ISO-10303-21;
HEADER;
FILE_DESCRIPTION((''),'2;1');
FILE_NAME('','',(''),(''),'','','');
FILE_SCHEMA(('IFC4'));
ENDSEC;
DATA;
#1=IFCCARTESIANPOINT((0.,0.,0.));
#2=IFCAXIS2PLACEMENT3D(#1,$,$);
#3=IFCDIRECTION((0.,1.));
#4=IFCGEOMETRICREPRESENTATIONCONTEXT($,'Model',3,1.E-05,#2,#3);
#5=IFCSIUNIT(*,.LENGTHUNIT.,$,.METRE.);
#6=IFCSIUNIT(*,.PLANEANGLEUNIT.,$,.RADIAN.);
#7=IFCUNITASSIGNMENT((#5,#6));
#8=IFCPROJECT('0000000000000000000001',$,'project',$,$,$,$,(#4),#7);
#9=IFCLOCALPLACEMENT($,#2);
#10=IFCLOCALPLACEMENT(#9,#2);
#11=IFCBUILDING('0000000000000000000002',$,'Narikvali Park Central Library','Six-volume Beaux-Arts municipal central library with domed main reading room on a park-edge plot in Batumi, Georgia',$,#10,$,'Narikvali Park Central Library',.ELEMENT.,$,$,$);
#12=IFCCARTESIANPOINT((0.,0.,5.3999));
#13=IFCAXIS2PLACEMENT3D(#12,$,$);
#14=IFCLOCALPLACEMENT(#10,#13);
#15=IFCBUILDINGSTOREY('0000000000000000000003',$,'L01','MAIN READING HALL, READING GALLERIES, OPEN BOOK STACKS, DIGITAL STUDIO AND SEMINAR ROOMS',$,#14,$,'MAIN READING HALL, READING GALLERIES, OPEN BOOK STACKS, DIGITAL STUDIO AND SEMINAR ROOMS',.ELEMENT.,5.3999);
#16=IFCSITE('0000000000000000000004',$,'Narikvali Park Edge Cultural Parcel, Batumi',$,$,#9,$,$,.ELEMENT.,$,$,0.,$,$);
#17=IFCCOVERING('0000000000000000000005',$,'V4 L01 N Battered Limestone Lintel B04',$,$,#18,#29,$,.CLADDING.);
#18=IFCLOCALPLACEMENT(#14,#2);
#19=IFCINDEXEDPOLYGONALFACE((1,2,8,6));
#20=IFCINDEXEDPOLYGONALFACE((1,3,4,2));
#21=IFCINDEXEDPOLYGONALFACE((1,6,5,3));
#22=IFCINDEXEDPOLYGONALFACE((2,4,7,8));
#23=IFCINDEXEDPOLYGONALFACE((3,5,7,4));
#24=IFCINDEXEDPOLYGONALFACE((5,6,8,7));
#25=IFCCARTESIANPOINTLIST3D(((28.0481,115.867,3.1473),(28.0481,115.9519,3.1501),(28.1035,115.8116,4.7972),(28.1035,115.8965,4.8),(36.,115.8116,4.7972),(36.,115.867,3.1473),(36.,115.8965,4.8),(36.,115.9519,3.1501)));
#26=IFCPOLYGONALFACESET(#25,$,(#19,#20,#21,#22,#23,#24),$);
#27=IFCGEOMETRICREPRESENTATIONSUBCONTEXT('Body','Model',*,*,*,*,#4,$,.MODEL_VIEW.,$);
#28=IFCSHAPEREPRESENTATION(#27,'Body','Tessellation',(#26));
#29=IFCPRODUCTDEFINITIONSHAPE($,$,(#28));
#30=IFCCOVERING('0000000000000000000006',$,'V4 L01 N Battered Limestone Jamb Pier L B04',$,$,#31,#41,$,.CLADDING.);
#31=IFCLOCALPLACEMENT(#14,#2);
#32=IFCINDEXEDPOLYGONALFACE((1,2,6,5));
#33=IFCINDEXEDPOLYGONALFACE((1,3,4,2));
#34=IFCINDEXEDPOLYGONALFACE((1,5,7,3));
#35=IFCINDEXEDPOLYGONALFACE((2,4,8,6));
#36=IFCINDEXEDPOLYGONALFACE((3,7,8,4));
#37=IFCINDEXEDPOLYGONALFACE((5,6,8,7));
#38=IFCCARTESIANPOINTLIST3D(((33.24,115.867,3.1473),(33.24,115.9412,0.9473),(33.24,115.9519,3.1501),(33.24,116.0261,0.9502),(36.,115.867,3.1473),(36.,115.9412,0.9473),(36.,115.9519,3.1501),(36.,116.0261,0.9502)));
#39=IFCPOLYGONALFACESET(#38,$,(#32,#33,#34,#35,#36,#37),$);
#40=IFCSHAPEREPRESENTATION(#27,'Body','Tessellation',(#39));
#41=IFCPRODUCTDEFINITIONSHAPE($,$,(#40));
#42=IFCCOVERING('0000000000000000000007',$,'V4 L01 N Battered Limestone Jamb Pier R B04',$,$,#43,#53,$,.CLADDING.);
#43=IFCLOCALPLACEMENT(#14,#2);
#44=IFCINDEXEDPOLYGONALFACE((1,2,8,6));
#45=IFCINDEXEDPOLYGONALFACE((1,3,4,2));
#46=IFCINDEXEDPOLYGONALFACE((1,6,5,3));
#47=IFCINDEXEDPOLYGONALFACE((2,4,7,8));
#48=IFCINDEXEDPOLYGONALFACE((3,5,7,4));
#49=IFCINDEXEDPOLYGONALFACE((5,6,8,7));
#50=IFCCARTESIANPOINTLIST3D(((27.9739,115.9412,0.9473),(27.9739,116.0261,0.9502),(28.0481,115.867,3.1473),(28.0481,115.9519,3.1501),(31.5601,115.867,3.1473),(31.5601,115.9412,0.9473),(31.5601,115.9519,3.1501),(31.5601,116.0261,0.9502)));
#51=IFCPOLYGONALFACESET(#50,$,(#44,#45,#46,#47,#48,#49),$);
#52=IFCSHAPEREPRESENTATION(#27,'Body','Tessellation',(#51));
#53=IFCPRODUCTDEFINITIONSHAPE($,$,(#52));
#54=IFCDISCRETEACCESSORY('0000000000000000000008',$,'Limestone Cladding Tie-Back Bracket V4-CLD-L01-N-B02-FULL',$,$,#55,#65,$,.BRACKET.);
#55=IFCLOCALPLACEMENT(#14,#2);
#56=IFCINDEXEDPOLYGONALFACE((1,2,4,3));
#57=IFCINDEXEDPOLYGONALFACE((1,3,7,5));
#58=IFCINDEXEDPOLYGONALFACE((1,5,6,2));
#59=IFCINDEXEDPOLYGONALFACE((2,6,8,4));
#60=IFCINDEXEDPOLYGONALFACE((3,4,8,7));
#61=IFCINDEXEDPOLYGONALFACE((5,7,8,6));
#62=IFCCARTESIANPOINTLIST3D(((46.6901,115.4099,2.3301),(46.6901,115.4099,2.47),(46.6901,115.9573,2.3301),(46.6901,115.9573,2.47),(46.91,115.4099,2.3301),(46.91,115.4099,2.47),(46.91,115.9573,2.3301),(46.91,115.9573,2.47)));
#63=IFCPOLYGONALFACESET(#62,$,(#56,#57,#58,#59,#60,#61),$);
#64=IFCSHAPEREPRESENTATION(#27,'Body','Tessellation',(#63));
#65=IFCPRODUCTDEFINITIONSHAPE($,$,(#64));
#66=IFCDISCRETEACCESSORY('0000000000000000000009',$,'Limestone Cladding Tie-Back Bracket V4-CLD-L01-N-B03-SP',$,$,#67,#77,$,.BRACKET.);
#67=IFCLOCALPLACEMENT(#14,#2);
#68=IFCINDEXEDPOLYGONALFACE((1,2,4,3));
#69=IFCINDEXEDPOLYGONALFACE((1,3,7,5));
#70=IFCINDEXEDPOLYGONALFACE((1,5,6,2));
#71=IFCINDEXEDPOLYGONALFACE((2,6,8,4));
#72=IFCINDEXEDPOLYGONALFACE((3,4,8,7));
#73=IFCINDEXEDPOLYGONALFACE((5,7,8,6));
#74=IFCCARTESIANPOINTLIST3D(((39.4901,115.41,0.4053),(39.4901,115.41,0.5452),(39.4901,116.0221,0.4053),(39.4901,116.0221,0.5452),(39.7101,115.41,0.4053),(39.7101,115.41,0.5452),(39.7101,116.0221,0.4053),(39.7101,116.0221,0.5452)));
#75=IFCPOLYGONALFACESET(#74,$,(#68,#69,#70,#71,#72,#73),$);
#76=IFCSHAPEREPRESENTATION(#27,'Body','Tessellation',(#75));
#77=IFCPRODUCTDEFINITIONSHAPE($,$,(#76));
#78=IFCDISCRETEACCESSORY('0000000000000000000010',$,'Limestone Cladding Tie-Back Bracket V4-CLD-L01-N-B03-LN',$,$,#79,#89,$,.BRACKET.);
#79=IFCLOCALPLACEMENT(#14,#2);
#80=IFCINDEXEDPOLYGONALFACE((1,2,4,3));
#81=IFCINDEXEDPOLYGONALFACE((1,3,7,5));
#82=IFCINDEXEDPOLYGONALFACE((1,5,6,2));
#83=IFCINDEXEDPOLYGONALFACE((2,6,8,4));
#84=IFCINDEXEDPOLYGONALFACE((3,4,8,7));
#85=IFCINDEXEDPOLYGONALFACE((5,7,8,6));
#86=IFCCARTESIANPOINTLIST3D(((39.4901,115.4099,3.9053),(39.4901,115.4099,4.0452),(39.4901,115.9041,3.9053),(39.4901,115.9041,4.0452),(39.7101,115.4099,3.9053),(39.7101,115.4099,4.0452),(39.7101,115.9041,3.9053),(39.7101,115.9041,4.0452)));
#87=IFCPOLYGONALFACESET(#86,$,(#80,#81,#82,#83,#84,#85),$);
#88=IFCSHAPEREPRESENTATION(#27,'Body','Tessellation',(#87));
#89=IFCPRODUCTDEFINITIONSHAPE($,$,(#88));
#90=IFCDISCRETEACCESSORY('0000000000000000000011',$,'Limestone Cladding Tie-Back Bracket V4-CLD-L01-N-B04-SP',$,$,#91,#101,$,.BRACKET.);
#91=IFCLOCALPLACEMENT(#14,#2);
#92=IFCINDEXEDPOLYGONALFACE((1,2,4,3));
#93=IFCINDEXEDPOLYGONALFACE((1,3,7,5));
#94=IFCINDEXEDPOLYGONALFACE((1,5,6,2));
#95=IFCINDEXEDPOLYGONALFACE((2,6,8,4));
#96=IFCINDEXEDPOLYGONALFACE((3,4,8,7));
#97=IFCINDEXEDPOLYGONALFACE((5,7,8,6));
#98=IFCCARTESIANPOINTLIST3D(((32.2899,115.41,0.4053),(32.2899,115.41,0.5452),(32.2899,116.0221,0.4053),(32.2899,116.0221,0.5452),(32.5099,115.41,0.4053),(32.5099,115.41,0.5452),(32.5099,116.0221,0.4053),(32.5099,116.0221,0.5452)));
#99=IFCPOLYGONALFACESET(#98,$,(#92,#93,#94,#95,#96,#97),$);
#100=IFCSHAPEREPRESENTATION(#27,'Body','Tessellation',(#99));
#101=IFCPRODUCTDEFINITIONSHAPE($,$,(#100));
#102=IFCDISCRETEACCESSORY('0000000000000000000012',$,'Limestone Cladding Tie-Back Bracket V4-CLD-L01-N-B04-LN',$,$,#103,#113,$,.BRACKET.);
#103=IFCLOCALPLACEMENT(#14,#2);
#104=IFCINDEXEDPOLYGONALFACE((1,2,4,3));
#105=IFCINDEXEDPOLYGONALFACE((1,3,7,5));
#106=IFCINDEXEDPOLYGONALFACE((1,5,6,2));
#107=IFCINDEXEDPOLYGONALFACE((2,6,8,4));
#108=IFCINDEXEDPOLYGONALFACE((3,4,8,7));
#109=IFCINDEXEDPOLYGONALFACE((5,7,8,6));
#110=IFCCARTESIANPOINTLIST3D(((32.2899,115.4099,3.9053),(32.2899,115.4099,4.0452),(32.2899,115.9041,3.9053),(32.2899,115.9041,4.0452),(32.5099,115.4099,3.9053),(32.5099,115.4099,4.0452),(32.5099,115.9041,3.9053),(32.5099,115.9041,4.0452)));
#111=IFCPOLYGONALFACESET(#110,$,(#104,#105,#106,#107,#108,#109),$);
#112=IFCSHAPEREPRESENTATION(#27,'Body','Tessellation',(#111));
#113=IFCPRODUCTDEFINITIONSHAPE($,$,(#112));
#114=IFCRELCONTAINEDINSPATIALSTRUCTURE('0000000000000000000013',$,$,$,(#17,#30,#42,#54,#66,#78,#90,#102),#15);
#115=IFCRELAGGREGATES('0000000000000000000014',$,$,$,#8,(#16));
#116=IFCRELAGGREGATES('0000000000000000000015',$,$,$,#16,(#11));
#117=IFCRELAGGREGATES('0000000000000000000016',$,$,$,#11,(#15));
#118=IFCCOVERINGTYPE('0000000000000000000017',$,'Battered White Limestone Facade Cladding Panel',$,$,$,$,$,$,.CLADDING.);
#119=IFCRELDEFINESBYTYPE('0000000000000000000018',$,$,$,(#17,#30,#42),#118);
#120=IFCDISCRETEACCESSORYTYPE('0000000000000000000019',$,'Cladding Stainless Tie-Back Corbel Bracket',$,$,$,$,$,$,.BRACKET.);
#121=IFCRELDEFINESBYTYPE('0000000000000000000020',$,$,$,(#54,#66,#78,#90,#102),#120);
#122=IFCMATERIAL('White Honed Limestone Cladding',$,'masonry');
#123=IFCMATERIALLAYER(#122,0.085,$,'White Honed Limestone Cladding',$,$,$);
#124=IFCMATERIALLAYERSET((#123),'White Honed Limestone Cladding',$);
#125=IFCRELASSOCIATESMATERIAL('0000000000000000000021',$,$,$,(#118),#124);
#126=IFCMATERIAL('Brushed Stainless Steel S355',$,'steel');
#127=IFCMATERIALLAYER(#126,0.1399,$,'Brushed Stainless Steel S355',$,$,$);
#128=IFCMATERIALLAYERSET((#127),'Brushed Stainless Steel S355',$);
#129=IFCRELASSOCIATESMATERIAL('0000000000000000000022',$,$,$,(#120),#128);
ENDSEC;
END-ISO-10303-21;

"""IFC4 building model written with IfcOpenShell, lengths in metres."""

from ifc_helpers import new_model, si_unit, direction, frame, origin, origin_2d, place, context, subcontext, project, spatial, polyline, rectangle, outline, extrude, material, layer, layer_set, type_object, element, save


model = new_model("IFC4")

# Units and contexts
model_context = context("Model", 3, precision=1e-05, world=origin(), true_north=direction((0.0, 1.0)))
body_context = subcontext(model_context, "Body", "Model", "MODEL_VIEW")
ifc_project = project(units=[si_unit("LENGTHUNIT", "METRE"), si_unit("PLANEANGLEUNIT", "RADIAN")], contexts=[model_context])

# Site, building, storey
site_placement = place(None, origin())
site = spatial("IfcSite", under=ifc_project, at=site_placement, Name="Narikvali Park Edge Cultural Parcel, Batumi", CompositionType="ELEMENT", RefElevation=0.0)
building_placement = place(site_placement, origin())
building = spatial("IfcBuilding", under=site, at=building_placement, Name="Narikvali Park Central Library", Description="Six-volume Beaux-Arts municipal central library with domed main reading room on a park-edge plot in Batumi, Georgia", LongName="Narikvali Park Central Library", CompositionType="ELEMENT")
storey_placement = place(building_placement, frame((0.0, 0.0, 5.3999)))
storey = spatial("IfcBuildingStorey", under=building, at=storey_placement, Name="L01", Description="MAIN READING HALL, READING GALLERIES, OPEN BOOK STACKS, DIGITAL STUDIO AND SEMINAR ROOMS", LongName="MAIN READING HALL, READING GALLERIES, OPEN BOOK STACKS, DIGITAL STUDIO AND SEMINAR ROOMS", CompositionType="ELEMENT", Elevation=5.3999)

# Coverings
ifc_material_1 = material(Name="White Honed Limestone Cladding", Category="masonry")
ifc_layer_1 = layer(ifc_material_1, 0.085, Name="White Honed Limestone Cladding")
ifc_layer_set_1 = layer_set([ifc_layer_1], Name="White Honed Limestone Cladding")
covering_type = type_object("IfcCoveringType", Name="Battered White Limestone Facade Cladding Panel", PredefinedType="CLADDING", material=ifc_layer_set_1)
covering_1_placement = place(storey_placement, frame((36.0, 115.9519, 3.1501), z_axis=(0.0, 0.999436, 0.033571), x_axis=(-1.0, 0.0, 0.0)))
element("IfcCovering", 1, at=covering_1_placement, inside=storey, type_object=covering_type, Name="V4 L01 N Battered Limestone Lintel B04", PredefinedType="CLADDING", context=body_context, shape_type="SweptSolid", body=[
    extrude(outline(polyline([(0.0, 0.0), (7.9519, 0.0), (7.8965, 1.6508), (0.0, 1.6508), (0.0, 0.0)])), origin(), (0.0, 0.0, -1.0), 0.085),
])
covering_2_placement = place(storey_placement, frame((36.0, 116.0261, 0.9502), z_axis=(0.0, 0.999431, 0.033717), x_axis=(-1.0, 0.0, 0.0)))
element("IfcCovering", 2, at=covering_2_placement, inside=storey, type_object=covering_type, Name="V4 L01 N Battered Limestone Jamb Pier L B04", PredefinedType="CLADDING", context=body_context, shape_type="SweptSolid", body=[
    extrude(outline(polyline([(0.0, 0.0), (2.76, 0.0), (2.76, 2.2012), (0.0, 2.2012), (0.0, 0.0)])), origin(), (0.0, 0.0, -1.0), 0.085),
])
covering_3_placement = place(storey_placement, frame((31.5601, 116.0261, 0.9502), z_axis=(0.0, 0.999431, 0.033717), x_axis=(-1.0, 0.0, 0.0)))
element("IfcCovering", 3, at=covering_3_placement, inside=storey, type_object=covering_type, Name="V4 L01 N Battered Limestone Jamb Pier R B04", PredefinedType="CLADDING", context=body_context, shape_type="SweptSolid", body=[
    extrude(outline(polyline([(0.0, 0.0), (3.5862, 0.0), (3.512, 2.2012), (0.0, 2.2012), (0.0, 0.0)])), origin(), (0.0, 0.0, -1.0), 0.085),
])

# Discrete accessories
ifc_material_2 = material(Name="Brushed Stainless Steel S355", Category="steel")
ifc_layer_2 = layer(ifc_material_2, 0.1399, Name="Brushed Stainless Steel S355")
ifc_layer_set_2 = layer_set([ifc_layer_2], Name="Brushed Stainless Steel S355")
discrete_accessory_type = type_object("IfcDiscreteAccessoryType", Name="Cladding Stainless Tie-Back Corbel Bracket", PredefinedType="BRACKET", material=ifc_layer_set_2)
discrete_accessory_1_placement = place(storey_placement, frame((46.8, 115.6836, 2.3301), z_axis=(0.0, 0.0, 1.0), x_axis=(1.0, 0.0, 0.0)))
element("IfcDiscreteAccessory", 4, at=discrete_accessory_1_placement, inside=storey, type_object=discrete_accessory_type, Name="Limestone Cladding Tie-Back Bracket V4-CLD-L01-N-B02-FULL", PredefinedType="BRACKET", context=body_context, shape_type="SweptSolid", body=[
    extrude(rectangle(XDim=0.22, YDim=0.5474, at=origin_2d()), origin(), (0.0, 0.0, 1.0), 0.1399),
])
discrete_accessory_2_placement = place(storey_placement, frame((39.6001, 115.7161, 0.4053), z_axis=(0.0, 0.0, 1.0), x_axis=(1.0, 0.0, 0.0)))
element("IfcDiscreteAccessory", 5, at=discrete_accessory_2_placement, inside=storey, type_object=discrete_accessory_type, Name="Limestone Cladding Tie-Back Bracket V4-CLD-L01-N-B03-SP", PredefinedType="BRACKET", context=body_context, shape_type="SweptSolid", body=[
    extrude(rectangle(XDim=0.22, YDim=0.6121, at=origin_2d()), origin(), (0.0, 0.0, 1.0), 0.1399),
])
discrete_accessory_3_placement = place(storey_placement, frame((39.6001, 115.657, 3.9053), z_axis=(0.0, 0.0, 1.0), x_axis=(1.0, 0.0, 0.0)))
element("IfcDiscreteAccessory", 6, at=discrete_accessory_3_placement, inside=storey, type_object=discrete_accessory_type, Name="Limestone Cladding Tie-Back Bracket V4-CLD-L01-N-B03-LN", PredefinedType="BRACKET", context=body_context, shape_type="SweptSolid", body=[
    extrude(rectangle(XDim=0.22, YDim=0.4941, at=origin_2d()), origin(), (0.0, 0.0, 1.0), 0.1399),
])
discrete_accessory_4_placement = place(storey_placement, frame((32.3999, 115.7161, 0.4053), z_axis=(0.0, 0.0, 1.0), x_axis=(1.0, 0.0, 0.0)))
element("IfcDiscreteAccessory", 7, at=discrete_accessory_4_placement, inside=storey, type_object=discrete_accessory_type, Name="Limestone Cladding Tie-Back Bracket V4-CLD-L01-N-B04-SP", PredefinedType="BRACKET", context=body_context, shape_type="SweptSolid", body=[
    extrude(rectangle(XDim=0.22, YDim=0.6121, at=origin_2d()), origin(), (0.0, 0.0, 1.0), 0.1399),
])
discrete_accessory_5_placement = place(storey_placement, frame((32.3999, 115.657, 3.9053), z_axis=(0.0, 0.0, 1.0), x_axis=(1.0, 0.0, 0.0)))
element("IfcDiscreteAccessory", 8, at=discrete_accessory_5_placement, inside=storey, type_object=discrete_accessory_type, Name="Limestone Cladding Tie-Back Bracket V4-CLD-L01-N-B04-LN", PredefinedType="BRACKET", context=body_context, shape_type="SweptSolid", body=[
    extrude(rectangle(XDim=0.22, YDim=0.4941, at=origin_2d()), origin(), (0.0, 0.0, 1.0), 0.1399),
])

save(model, "model.ifc")
